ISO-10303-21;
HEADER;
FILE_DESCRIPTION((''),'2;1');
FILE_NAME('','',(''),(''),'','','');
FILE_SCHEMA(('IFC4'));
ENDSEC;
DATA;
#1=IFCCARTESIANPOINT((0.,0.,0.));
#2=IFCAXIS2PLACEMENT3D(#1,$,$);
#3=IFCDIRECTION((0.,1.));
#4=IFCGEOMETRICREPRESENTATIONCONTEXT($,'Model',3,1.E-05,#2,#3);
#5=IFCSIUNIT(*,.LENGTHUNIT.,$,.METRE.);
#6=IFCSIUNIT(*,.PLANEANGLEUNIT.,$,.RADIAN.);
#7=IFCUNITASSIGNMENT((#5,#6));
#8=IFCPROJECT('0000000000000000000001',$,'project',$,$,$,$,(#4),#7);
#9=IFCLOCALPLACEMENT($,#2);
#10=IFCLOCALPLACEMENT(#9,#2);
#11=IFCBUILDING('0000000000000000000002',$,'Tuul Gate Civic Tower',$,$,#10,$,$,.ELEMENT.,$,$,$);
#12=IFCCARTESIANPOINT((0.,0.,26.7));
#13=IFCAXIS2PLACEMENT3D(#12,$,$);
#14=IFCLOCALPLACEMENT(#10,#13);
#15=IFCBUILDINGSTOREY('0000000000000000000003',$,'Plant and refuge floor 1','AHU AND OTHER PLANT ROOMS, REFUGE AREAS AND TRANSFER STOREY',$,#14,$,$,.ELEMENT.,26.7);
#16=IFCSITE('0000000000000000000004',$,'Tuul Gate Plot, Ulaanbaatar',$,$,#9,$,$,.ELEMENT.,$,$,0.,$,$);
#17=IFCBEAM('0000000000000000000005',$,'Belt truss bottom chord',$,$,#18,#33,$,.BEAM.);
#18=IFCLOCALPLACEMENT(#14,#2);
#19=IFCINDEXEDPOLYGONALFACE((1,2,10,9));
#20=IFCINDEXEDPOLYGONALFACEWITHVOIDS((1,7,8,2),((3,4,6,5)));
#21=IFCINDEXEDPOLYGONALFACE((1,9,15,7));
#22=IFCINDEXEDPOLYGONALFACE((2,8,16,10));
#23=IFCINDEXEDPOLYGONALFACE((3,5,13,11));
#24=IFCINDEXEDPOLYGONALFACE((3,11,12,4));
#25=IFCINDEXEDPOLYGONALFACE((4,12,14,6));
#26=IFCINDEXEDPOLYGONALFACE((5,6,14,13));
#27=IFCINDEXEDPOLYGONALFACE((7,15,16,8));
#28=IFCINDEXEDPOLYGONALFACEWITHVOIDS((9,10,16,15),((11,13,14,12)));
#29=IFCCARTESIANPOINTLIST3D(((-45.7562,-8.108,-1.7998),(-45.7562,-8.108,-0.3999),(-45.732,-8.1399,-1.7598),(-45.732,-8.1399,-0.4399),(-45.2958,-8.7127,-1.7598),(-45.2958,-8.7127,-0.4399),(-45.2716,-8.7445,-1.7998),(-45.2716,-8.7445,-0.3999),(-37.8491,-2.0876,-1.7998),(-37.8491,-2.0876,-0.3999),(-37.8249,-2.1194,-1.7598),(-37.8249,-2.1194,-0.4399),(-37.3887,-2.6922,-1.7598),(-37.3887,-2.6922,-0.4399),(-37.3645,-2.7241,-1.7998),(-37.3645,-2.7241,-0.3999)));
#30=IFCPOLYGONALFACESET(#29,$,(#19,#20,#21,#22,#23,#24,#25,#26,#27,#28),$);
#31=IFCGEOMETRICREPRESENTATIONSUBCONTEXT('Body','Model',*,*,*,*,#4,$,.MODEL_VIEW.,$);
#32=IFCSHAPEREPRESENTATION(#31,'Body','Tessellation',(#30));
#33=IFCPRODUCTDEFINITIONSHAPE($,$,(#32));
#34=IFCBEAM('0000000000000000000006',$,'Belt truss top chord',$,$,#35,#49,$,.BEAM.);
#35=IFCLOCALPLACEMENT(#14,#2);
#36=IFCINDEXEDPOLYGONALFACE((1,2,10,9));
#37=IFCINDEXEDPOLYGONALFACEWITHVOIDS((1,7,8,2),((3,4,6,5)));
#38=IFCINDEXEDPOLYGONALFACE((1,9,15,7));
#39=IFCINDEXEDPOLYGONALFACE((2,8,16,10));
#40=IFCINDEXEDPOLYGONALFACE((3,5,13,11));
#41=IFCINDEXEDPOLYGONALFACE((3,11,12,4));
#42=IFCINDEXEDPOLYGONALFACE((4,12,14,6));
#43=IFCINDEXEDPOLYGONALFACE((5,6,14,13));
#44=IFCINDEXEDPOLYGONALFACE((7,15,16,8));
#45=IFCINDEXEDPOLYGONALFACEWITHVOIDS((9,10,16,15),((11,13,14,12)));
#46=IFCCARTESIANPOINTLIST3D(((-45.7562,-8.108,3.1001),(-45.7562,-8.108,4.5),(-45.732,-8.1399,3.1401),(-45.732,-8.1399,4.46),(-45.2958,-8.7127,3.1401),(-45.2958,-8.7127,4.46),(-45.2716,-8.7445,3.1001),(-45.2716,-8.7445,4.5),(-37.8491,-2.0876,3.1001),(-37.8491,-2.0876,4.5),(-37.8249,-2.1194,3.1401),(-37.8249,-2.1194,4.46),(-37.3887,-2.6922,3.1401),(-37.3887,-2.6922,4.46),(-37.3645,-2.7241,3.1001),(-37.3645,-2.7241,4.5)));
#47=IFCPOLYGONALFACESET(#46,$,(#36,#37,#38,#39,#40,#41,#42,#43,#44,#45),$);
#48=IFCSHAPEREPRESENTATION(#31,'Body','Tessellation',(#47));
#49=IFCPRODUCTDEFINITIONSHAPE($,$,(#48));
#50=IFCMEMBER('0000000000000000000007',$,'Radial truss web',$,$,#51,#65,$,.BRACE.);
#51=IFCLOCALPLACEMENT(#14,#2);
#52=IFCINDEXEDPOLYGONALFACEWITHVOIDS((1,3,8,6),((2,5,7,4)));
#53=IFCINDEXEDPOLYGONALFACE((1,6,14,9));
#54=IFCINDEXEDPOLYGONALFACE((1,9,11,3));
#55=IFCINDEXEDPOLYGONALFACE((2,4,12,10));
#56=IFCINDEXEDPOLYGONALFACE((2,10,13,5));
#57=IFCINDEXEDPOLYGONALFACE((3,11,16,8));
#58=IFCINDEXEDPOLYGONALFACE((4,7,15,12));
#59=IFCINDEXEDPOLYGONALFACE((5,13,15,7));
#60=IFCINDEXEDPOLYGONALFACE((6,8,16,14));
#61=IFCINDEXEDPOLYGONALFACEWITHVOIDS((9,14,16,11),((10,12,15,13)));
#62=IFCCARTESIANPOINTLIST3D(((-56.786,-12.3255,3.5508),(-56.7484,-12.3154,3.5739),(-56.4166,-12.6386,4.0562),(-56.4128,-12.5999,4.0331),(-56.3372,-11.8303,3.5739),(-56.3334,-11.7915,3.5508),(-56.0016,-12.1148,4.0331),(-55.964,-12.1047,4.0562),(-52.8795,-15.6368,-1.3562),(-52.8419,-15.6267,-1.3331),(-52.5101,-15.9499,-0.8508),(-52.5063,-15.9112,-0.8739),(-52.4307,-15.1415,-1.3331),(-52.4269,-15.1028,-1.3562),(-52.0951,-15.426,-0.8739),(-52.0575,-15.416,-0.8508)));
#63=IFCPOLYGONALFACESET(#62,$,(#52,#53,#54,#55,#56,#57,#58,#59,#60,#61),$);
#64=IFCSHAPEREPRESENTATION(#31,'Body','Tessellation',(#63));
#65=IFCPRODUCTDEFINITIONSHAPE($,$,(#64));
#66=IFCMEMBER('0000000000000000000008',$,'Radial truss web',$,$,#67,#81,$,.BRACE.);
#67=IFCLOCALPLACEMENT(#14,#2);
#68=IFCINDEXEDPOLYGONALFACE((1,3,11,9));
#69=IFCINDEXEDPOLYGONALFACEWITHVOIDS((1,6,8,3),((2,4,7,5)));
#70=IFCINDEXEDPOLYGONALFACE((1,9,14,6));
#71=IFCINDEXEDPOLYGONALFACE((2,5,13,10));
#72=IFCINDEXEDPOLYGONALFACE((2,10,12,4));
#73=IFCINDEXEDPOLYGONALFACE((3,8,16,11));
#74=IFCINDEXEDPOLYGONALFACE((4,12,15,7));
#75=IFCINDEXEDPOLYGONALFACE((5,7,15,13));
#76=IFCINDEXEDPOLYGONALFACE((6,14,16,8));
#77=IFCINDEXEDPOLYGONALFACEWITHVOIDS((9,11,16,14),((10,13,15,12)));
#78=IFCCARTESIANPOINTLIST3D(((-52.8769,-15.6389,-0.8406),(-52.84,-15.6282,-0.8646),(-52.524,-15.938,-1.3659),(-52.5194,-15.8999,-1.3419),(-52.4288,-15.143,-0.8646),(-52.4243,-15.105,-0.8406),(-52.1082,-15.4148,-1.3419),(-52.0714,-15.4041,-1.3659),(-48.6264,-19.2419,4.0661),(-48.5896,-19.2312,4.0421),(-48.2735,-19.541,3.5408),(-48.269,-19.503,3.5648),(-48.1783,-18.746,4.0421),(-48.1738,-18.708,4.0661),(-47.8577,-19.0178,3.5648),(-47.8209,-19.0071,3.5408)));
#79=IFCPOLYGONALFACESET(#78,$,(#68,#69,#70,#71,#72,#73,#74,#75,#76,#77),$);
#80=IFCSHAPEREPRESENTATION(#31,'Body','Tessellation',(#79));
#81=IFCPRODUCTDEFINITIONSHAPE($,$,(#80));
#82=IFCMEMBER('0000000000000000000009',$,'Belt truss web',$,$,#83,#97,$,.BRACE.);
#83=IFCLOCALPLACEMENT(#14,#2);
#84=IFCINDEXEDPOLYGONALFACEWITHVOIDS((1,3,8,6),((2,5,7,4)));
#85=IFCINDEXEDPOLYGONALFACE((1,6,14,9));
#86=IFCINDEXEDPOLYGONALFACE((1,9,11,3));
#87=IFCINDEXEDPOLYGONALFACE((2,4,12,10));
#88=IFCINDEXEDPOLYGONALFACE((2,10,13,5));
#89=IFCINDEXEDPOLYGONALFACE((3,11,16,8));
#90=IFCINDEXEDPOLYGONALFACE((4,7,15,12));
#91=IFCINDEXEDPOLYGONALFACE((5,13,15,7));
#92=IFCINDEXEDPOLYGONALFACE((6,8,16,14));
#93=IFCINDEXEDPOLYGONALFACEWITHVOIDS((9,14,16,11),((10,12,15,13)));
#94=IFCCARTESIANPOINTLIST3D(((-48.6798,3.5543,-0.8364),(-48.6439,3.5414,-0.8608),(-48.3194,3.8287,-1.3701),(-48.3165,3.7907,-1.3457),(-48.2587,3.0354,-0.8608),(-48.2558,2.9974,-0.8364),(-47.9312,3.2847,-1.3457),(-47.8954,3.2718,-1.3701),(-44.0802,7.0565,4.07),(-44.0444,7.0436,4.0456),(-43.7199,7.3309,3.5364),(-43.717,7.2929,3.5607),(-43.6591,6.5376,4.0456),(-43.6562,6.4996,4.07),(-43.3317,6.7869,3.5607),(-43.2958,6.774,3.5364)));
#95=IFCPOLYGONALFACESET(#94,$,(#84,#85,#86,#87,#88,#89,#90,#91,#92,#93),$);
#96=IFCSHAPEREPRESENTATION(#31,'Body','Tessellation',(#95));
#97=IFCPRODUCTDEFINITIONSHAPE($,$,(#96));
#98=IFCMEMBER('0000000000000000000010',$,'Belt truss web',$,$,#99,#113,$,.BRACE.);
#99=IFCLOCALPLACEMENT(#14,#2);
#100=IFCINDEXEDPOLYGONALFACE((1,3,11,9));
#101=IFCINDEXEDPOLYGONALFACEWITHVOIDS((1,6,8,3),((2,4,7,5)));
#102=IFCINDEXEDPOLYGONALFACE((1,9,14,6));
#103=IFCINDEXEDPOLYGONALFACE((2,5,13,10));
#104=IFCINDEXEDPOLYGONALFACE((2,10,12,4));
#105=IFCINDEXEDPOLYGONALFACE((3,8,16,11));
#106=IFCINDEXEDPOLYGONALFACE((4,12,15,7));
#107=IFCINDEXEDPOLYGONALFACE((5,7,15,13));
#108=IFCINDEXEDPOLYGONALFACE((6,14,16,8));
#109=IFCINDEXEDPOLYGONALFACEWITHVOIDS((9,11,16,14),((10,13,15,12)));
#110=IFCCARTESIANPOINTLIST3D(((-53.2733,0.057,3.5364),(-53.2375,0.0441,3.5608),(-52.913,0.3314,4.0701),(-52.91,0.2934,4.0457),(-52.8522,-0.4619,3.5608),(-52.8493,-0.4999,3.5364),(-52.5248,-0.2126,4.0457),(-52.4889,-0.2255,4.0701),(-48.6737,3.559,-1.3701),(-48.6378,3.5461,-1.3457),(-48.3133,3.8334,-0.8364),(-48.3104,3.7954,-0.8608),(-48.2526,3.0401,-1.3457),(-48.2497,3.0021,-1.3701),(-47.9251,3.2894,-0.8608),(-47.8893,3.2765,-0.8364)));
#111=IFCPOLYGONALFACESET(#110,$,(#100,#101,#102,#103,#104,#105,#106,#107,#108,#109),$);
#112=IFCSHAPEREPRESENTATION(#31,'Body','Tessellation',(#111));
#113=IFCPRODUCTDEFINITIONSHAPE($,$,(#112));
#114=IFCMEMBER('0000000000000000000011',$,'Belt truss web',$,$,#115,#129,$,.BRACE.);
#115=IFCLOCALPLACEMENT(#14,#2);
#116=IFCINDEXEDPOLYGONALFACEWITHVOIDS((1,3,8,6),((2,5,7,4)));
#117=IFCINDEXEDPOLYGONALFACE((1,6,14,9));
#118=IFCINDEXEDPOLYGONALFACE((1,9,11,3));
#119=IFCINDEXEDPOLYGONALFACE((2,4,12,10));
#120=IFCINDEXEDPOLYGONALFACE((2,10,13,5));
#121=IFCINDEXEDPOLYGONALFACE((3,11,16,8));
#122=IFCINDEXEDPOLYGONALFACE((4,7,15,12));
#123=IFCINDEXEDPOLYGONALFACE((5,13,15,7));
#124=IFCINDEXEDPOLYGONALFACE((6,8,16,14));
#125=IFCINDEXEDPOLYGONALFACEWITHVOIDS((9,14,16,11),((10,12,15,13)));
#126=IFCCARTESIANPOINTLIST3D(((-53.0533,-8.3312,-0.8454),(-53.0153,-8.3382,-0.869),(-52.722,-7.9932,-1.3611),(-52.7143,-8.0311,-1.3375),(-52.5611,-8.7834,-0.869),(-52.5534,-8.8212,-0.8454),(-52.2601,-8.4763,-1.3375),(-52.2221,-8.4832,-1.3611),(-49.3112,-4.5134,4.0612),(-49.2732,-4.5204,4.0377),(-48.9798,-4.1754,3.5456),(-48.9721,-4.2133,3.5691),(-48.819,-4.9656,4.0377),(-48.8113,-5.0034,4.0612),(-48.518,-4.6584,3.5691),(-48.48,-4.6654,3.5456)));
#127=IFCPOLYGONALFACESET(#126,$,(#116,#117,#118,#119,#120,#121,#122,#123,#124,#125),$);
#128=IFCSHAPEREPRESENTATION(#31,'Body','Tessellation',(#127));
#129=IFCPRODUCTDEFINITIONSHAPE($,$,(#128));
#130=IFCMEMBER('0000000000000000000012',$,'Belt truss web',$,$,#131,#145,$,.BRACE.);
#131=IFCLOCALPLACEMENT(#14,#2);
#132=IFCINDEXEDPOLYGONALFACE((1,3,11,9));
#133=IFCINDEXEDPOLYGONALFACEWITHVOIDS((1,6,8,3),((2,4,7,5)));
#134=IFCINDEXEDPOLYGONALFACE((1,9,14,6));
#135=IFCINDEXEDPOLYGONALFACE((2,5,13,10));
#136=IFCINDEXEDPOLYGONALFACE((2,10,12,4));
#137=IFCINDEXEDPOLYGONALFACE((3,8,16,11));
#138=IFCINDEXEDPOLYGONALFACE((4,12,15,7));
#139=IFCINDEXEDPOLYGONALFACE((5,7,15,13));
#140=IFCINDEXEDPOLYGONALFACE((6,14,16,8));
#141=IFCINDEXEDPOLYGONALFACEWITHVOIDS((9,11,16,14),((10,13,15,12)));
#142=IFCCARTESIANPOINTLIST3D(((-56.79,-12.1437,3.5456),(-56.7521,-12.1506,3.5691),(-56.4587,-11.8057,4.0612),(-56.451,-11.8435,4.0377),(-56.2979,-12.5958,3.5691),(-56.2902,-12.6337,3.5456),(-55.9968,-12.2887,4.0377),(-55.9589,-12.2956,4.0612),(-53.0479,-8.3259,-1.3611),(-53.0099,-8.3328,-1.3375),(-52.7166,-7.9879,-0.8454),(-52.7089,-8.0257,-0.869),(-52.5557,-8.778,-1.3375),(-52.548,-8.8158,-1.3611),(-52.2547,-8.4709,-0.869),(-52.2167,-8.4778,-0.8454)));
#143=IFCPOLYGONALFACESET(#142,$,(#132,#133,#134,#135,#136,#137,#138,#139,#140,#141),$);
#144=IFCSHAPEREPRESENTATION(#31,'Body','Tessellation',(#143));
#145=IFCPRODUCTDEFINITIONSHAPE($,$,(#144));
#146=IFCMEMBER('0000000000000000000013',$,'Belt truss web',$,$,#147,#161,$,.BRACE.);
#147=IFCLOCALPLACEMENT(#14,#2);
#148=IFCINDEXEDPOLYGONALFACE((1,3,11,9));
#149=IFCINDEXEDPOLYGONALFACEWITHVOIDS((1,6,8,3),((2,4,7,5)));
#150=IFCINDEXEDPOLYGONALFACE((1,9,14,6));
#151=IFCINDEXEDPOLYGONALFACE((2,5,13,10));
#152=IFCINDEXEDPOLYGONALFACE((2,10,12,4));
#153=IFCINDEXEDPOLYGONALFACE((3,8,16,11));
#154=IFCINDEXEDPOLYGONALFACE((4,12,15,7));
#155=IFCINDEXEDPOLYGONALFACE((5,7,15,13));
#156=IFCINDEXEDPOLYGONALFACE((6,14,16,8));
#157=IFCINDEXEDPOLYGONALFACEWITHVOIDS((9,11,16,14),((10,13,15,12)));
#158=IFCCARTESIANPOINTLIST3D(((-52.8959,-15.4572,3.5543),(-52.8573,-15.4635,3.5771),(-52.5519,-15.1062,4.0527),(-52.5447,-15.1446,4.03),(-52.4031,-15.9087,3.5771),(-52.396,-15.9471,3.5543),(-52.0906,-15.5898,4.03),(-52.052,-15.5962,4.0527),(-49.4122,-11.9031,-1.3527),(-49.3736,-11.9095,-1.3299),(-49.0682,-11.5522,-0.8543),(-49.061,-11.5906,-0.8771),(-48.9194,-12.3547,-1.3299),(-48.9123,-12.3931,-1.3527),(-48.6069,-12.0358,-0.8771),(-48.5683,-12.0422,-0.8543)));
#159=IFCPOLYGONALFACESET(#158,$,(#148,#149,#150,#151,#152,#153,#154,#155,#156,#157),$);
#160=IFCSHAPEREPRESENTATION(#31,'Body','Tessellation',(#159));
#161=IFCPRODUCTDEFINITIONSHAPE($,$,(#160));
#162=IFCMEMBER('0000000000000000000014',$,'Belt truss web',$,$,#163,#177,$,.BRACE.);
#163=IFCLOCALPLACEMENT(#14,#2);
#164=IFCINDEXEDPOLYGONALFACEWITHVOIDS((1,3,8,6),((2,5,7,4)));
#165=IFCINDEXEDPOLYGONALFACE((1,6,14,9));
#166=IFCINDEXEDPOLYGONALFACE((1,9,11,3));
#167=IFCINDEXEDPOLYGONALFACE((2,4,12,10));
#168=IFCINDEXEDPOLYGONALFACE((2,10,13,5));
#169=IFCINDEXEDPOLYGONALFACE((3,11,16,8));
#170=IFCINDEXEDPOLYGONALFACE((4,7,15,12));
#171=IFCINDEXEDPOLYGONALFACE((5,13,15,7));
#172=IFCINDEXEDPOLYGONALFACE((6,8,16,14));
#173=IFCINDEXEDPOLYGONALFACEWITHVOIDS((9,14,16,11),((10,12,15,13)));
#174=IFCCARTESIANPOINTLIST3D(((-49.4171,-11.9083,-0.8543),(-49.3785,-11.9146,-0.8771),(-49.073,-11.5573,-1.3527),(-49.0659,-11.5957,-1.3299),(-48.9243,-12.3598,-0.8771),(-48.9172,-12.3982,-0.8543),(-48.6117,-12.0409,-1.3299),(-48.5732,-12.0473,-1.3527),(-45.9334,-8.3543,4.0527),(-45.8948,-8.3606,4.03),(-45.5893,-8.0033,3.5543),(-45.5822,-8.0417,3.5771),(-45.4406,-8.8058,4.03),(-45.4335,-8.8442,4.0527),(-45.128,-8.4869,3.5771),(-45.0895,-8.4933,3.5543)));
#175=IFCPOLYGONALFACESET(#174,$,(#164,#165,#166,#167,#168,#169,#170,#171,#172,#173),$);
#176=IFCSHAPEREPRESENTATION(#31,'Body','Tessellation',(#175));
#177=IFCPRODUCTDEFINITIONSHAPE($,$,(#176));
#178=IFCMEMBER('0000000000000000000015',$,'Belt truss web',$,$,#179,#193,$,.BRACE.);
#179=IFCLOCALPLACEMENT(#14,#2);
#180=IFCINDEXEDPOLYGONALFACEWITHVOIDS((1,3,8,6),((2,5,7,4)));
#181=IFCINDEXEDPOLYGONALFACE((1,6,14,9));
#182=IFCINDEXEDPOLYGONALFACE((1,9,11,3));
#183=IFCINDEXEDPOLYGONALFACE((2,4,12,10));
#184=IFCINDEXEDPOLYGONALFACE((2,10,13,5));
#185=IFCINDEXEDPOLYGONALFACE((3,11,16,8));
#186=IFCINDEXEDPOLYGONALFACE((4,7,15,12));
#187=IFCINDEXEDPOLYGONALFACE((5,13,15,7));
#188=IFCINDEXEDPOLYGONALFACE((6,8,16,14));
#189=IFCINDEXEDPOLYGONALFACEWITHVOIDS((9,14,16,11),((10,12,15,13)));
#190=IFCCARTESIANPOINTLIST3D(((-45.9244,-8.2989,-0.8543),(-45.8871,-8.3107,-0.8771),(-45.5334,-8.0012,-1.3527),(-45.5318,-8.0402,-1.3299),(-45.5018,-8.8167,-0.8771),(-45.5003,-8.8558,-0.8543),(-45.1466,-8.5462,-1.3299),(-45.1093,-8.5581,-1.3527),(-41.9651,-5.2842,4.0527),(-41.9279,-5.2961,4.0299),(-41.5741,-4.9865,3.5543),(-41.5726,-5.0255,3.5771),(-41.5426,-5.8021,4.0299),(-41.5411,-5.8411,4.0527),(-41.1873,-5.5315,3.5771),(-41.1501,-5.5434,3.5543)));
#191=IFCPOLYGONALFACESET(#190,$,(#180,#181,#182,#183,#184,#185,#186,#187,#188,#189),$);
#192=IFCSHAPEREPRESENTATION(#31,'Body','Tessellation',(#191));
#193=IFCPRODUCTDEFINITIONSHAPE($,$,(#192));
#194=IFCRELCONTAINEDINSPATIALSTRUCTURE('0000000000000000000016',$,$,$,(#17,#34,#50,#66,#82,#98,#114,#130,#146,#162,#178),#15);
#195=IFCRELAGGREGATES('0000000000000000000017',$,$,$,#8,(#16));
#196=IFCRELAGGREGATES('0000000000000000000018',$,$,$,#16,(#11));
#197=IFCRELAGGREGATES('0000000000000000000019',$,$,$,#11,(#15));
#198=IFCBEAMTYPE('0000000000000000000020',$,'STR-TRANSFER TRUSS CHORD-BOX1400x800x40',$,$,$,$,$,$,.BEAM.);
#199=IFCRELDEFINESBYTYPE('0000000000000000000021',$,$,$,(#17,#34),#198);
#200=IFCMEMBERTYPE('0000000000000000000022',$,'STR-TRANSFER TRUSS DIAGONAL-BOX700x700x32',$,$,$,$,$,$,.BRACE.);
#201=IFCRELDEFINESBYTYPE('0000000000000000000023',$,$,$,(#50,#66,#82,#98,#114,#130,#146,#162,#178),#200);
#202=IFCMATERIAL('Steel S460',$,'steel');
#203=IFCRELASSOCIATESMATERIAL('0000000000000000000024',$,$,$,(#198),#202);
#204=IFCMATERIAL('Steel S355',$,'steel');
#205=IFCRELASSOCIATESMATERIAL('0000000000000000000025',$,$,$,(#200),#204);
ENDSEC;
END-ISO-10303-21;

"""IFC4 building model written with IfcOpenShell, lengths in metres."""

from ifc_helpers import new_model, si_unit, direction, frame, origin, origin_2d, place, context, subcontext, project, spatial, hollow_rectangle, extrude, material, material_profile, profile_set, type_object, element, save


model = new_model("IFC4")

# Units and contexts
model_context = context("Model", 3, precision=1e-05, world=origin(), true_north=direction((0.0, 1.0)))
body_context = subcontext(model_context, "Body", "Model", "MODEL_VIEW")
ifc_project = project(units=[si_unit("LENGTHUNIT", "METRE"), si_unit("PLANEANGLEUNIT", "RADIAN")], contexts=[model_context])

# Site, building, storey
site_placement = place(None, origin())
site = spatial("IfcSite", under=ifc_project, at=site_placement, Name="Tuul Gate Plot, Ulaanbaatar", CompositionType="ELEMENT", RefElevation=0.0)
building_placement = place(site_placement, origin())
building = spatial("IfcBuilding", under=site, at=building_placement, Name="Tuul Gate Civic Tower", CompositionType="ELEMENT")
storey_placement = place(building_placement, frame((0.0, 0.0, 26.7)))
storey = spatial("IfcBuildingStorey", under=building, at=storey_placement, Name="Plant and refuge floor 1", Description="AHU AND OTHER PLANT ROOMS, REFUGE AREAS AND TRANSFER STOREY", CompositionType="ELEMENT", Elevation=26.7)

# Beams
ifc_material_1 = material(Name="Steel S460", Category="steel")
ifc_material_profile_1 = material_profile(ifc_material_1, hollow_rectangle(XDim=0.8, YDim=1.3999, WallThickness=0.04, at=origin_2d()), Name="BOX1400x800x40")
ifc_profile_set_1 = profile_set([ifc_material_profile_1], Name="Steel S460")
beam_type_1 = type_object("IfcBeamType", Name="STR-TRANSFER TRUSS CHORD-BOX1400x800x40", PredefinedType="BEAM", material=ifc_profile_set_1)
for number, where, z_axis, x_axis, name in (
    (1, (-45.5139, -8.4263, -1.0999), (0.795628, 0.605786, 0.0), (-0.605786, 0.795628, 0.0), "Belt truss bottom chord"),
    (2, (-45.5139, -8.4263, 3.8), (0.795628, 0.605786, 0.0), (-0.605786, 0.795628, 0.0), "Belt truss top chord"),
):
    element("IfcBeam", number, at=place(storey_placement, frame(where, z_axis=z_axis, x_axis=x_axis)), inside=storey, type_object=beam_type_1, Name=name, PredefinedType="BEAM", context=body_context, shape_type="SweptSolid", body=[
        extrude(hollow_rectangle(XDim=0.8, YDim=1.3999, WallThickness=0.04, at=origin_2d()), origin(), (0.0, 0.0, 1.0), 9.9382),
    ])

# Members
ifc_material_2 = material(Name="Steel S355", Category="steel")
ifc_material_profile_2 = material_profile(ifc_material_2, hollow_rectangle(XDim=0.7, YDim=0.7, WallThickness=0.032, at=origin_2d()), Name="BOX700x700x32")
ifc_profile_set_2 = profile_set([ifc_material_profile_2], Name="Steel S355")
member_type_1 = type_object("IfcMemberType", Name="STR-TRANSFER TRUSS DIAGONAL-BOX700x700x32", PredefinedType="BRACE", material=ifc_profile_set_2)
member_1_placement = place(storey_placement, frame((-52.4685, -15.5264, -1.1035), z_axis=(-0.550791, 0.46687, 0.691854), x_axis=(-0.6466, -0.762829, 0.0)))
element("IfcMember", 3, at=member_1_placement, inside=storey, type_object=member_type_1, Name="Radial truss web", PredefinedType="BRACE", context=body_context, shape_type="SweptSolid", body=[
    extrude(hollow_rectangle(XDim=0.7, YDim=0.7, WallThickness=0.032, at=origin_2d()), origin(), (0.0, 0.0, 1.0), 7.0925),
])
member_2_placement = place(storey_placement, frame((-52.4741, -15.5215, -1.1033), z_axis=(0.572488, -0.485283, 0.660877), x_axis=(0.646618, 0.762814, 0.0)))
element("IfcMember", 4, at=member_2_placement, inside=storey, type_object=member_type_1, Name="Radial truss web", PredefinedType="BRACE", context=body_context, shape_type="SweptSolid", body=[
    extrude(hollow_rectangle(XDim=0.7, YDim=0.7, WallThickness=0.032, at=origin_2d()), origin(), (0.0, 0.0, 1.0), 7.4246),
])
for number, where, z_axis, x_axis, name in (
    (5, (-48.2876, 3.4131, -1.1033), (0.606602, 0.461874, 0.647075), (-0.605795, 0.795621, 0.0), "Belt truss web"),
    (6, (-48.2815, 3.4177, -1.1033), (-0.606611, -0.461849, 0.647084), (0.605768, -0.795641, 0.0), "Belt truss web"),
):
    element("IfcMember", number, at=place(storey_placement, frame(where, z_axis=z_axis, x_axis=x_axis)), inside=storey, type_object=member_type_1, Name=name, PredefinedType="BRACE", context=body_context, shape_type="SweptSolid", body=[
        extrude(hollow_rectangle(XDim=0.7, YDim=0.7, WallThickness=0.032, at=origin_2d()), origin(), (0.0, 0.0, 1.0), 7.5825),
    ])
for number, where, z_axis, x_axis, name in (
    (7, (-52.6377, -8.4072, -1.1033), (0.515704, 0.526134, 0.676189), (-0.71415, 0.699993, 0.0), "Belt truss web"),
    (8, (-52.6323, -8.4019, -1.1033), (-0.515704, -0.526134, 0.676189), (0.71415, -0.699993, 0.0), "Belt truss web"),
):
    element("IfcMember", number, at=place(storey_placement, frame(where, z_axis=z_axis, x_axis=x_axis)), inside=storey, type_object=member_type_1, Name=name, PredefinedType="BRACE", context=body_context, shape_type="SweptSolid", body=[
        extrude(hollow_rectangle(XDim=0.7, YDim=0.7, WallThickness=0.032, at=origin_2d()), origin(), (0.0, 0.0, 1.0), 7.2563),
    ])
for number, where, z_axis, x_axis, name in (
    (9, (-48.9902, -11.9727, -1.1035), (-0.498453, -0.508514, 0.70211), (0.714136, -0.700007, 0.0), "Belt truss web"),
    (10, (-48.9951, -11.9778, -1.1035), (0.498453, 0.508514, 0.70211), (-0.714136, 0.700007, 0.0), "Belt truss web"),
):
    element("IfcMember", number, at=place(storey_placement, frame(where, z_axis=z_axis, x_axis=x_axis)), inside=storey, type_object=member_type_1, Name=name, PredefinedType="BRACE", context=body_context, shape_type="SweptSolid", body=[
        extrude(hollow_rectangle(XDim=0.7, YDim=0.7, WallThickness=0.032, at=origin_2d()), origin(), (0.0, 0.0, 1.0), 6.989),
    ])
member_3_placement = place(storey_placement, frame((-45.5168, -8.4285, -1.1035), z_axis=(0.566518, 0.43136, 0.70213), x_axis=(-0.605801, 0.795616, 0.0)))
element("IfcMember", 11, at=member_3_placement, inside=storey, type_object=member_type_1, Name="Belt truss web", PredefinedType="BRACE", context=body_context, shape_type="SweptSolid", body=[
    extrude(hollow_rectangle(XDim=0.7, YDim=0.7, WallThickness=0.032, at=origin_2d()), origin(), (0.0, 0.0, 1.0), 6.9888),
])

save(model, "model.ifc")
